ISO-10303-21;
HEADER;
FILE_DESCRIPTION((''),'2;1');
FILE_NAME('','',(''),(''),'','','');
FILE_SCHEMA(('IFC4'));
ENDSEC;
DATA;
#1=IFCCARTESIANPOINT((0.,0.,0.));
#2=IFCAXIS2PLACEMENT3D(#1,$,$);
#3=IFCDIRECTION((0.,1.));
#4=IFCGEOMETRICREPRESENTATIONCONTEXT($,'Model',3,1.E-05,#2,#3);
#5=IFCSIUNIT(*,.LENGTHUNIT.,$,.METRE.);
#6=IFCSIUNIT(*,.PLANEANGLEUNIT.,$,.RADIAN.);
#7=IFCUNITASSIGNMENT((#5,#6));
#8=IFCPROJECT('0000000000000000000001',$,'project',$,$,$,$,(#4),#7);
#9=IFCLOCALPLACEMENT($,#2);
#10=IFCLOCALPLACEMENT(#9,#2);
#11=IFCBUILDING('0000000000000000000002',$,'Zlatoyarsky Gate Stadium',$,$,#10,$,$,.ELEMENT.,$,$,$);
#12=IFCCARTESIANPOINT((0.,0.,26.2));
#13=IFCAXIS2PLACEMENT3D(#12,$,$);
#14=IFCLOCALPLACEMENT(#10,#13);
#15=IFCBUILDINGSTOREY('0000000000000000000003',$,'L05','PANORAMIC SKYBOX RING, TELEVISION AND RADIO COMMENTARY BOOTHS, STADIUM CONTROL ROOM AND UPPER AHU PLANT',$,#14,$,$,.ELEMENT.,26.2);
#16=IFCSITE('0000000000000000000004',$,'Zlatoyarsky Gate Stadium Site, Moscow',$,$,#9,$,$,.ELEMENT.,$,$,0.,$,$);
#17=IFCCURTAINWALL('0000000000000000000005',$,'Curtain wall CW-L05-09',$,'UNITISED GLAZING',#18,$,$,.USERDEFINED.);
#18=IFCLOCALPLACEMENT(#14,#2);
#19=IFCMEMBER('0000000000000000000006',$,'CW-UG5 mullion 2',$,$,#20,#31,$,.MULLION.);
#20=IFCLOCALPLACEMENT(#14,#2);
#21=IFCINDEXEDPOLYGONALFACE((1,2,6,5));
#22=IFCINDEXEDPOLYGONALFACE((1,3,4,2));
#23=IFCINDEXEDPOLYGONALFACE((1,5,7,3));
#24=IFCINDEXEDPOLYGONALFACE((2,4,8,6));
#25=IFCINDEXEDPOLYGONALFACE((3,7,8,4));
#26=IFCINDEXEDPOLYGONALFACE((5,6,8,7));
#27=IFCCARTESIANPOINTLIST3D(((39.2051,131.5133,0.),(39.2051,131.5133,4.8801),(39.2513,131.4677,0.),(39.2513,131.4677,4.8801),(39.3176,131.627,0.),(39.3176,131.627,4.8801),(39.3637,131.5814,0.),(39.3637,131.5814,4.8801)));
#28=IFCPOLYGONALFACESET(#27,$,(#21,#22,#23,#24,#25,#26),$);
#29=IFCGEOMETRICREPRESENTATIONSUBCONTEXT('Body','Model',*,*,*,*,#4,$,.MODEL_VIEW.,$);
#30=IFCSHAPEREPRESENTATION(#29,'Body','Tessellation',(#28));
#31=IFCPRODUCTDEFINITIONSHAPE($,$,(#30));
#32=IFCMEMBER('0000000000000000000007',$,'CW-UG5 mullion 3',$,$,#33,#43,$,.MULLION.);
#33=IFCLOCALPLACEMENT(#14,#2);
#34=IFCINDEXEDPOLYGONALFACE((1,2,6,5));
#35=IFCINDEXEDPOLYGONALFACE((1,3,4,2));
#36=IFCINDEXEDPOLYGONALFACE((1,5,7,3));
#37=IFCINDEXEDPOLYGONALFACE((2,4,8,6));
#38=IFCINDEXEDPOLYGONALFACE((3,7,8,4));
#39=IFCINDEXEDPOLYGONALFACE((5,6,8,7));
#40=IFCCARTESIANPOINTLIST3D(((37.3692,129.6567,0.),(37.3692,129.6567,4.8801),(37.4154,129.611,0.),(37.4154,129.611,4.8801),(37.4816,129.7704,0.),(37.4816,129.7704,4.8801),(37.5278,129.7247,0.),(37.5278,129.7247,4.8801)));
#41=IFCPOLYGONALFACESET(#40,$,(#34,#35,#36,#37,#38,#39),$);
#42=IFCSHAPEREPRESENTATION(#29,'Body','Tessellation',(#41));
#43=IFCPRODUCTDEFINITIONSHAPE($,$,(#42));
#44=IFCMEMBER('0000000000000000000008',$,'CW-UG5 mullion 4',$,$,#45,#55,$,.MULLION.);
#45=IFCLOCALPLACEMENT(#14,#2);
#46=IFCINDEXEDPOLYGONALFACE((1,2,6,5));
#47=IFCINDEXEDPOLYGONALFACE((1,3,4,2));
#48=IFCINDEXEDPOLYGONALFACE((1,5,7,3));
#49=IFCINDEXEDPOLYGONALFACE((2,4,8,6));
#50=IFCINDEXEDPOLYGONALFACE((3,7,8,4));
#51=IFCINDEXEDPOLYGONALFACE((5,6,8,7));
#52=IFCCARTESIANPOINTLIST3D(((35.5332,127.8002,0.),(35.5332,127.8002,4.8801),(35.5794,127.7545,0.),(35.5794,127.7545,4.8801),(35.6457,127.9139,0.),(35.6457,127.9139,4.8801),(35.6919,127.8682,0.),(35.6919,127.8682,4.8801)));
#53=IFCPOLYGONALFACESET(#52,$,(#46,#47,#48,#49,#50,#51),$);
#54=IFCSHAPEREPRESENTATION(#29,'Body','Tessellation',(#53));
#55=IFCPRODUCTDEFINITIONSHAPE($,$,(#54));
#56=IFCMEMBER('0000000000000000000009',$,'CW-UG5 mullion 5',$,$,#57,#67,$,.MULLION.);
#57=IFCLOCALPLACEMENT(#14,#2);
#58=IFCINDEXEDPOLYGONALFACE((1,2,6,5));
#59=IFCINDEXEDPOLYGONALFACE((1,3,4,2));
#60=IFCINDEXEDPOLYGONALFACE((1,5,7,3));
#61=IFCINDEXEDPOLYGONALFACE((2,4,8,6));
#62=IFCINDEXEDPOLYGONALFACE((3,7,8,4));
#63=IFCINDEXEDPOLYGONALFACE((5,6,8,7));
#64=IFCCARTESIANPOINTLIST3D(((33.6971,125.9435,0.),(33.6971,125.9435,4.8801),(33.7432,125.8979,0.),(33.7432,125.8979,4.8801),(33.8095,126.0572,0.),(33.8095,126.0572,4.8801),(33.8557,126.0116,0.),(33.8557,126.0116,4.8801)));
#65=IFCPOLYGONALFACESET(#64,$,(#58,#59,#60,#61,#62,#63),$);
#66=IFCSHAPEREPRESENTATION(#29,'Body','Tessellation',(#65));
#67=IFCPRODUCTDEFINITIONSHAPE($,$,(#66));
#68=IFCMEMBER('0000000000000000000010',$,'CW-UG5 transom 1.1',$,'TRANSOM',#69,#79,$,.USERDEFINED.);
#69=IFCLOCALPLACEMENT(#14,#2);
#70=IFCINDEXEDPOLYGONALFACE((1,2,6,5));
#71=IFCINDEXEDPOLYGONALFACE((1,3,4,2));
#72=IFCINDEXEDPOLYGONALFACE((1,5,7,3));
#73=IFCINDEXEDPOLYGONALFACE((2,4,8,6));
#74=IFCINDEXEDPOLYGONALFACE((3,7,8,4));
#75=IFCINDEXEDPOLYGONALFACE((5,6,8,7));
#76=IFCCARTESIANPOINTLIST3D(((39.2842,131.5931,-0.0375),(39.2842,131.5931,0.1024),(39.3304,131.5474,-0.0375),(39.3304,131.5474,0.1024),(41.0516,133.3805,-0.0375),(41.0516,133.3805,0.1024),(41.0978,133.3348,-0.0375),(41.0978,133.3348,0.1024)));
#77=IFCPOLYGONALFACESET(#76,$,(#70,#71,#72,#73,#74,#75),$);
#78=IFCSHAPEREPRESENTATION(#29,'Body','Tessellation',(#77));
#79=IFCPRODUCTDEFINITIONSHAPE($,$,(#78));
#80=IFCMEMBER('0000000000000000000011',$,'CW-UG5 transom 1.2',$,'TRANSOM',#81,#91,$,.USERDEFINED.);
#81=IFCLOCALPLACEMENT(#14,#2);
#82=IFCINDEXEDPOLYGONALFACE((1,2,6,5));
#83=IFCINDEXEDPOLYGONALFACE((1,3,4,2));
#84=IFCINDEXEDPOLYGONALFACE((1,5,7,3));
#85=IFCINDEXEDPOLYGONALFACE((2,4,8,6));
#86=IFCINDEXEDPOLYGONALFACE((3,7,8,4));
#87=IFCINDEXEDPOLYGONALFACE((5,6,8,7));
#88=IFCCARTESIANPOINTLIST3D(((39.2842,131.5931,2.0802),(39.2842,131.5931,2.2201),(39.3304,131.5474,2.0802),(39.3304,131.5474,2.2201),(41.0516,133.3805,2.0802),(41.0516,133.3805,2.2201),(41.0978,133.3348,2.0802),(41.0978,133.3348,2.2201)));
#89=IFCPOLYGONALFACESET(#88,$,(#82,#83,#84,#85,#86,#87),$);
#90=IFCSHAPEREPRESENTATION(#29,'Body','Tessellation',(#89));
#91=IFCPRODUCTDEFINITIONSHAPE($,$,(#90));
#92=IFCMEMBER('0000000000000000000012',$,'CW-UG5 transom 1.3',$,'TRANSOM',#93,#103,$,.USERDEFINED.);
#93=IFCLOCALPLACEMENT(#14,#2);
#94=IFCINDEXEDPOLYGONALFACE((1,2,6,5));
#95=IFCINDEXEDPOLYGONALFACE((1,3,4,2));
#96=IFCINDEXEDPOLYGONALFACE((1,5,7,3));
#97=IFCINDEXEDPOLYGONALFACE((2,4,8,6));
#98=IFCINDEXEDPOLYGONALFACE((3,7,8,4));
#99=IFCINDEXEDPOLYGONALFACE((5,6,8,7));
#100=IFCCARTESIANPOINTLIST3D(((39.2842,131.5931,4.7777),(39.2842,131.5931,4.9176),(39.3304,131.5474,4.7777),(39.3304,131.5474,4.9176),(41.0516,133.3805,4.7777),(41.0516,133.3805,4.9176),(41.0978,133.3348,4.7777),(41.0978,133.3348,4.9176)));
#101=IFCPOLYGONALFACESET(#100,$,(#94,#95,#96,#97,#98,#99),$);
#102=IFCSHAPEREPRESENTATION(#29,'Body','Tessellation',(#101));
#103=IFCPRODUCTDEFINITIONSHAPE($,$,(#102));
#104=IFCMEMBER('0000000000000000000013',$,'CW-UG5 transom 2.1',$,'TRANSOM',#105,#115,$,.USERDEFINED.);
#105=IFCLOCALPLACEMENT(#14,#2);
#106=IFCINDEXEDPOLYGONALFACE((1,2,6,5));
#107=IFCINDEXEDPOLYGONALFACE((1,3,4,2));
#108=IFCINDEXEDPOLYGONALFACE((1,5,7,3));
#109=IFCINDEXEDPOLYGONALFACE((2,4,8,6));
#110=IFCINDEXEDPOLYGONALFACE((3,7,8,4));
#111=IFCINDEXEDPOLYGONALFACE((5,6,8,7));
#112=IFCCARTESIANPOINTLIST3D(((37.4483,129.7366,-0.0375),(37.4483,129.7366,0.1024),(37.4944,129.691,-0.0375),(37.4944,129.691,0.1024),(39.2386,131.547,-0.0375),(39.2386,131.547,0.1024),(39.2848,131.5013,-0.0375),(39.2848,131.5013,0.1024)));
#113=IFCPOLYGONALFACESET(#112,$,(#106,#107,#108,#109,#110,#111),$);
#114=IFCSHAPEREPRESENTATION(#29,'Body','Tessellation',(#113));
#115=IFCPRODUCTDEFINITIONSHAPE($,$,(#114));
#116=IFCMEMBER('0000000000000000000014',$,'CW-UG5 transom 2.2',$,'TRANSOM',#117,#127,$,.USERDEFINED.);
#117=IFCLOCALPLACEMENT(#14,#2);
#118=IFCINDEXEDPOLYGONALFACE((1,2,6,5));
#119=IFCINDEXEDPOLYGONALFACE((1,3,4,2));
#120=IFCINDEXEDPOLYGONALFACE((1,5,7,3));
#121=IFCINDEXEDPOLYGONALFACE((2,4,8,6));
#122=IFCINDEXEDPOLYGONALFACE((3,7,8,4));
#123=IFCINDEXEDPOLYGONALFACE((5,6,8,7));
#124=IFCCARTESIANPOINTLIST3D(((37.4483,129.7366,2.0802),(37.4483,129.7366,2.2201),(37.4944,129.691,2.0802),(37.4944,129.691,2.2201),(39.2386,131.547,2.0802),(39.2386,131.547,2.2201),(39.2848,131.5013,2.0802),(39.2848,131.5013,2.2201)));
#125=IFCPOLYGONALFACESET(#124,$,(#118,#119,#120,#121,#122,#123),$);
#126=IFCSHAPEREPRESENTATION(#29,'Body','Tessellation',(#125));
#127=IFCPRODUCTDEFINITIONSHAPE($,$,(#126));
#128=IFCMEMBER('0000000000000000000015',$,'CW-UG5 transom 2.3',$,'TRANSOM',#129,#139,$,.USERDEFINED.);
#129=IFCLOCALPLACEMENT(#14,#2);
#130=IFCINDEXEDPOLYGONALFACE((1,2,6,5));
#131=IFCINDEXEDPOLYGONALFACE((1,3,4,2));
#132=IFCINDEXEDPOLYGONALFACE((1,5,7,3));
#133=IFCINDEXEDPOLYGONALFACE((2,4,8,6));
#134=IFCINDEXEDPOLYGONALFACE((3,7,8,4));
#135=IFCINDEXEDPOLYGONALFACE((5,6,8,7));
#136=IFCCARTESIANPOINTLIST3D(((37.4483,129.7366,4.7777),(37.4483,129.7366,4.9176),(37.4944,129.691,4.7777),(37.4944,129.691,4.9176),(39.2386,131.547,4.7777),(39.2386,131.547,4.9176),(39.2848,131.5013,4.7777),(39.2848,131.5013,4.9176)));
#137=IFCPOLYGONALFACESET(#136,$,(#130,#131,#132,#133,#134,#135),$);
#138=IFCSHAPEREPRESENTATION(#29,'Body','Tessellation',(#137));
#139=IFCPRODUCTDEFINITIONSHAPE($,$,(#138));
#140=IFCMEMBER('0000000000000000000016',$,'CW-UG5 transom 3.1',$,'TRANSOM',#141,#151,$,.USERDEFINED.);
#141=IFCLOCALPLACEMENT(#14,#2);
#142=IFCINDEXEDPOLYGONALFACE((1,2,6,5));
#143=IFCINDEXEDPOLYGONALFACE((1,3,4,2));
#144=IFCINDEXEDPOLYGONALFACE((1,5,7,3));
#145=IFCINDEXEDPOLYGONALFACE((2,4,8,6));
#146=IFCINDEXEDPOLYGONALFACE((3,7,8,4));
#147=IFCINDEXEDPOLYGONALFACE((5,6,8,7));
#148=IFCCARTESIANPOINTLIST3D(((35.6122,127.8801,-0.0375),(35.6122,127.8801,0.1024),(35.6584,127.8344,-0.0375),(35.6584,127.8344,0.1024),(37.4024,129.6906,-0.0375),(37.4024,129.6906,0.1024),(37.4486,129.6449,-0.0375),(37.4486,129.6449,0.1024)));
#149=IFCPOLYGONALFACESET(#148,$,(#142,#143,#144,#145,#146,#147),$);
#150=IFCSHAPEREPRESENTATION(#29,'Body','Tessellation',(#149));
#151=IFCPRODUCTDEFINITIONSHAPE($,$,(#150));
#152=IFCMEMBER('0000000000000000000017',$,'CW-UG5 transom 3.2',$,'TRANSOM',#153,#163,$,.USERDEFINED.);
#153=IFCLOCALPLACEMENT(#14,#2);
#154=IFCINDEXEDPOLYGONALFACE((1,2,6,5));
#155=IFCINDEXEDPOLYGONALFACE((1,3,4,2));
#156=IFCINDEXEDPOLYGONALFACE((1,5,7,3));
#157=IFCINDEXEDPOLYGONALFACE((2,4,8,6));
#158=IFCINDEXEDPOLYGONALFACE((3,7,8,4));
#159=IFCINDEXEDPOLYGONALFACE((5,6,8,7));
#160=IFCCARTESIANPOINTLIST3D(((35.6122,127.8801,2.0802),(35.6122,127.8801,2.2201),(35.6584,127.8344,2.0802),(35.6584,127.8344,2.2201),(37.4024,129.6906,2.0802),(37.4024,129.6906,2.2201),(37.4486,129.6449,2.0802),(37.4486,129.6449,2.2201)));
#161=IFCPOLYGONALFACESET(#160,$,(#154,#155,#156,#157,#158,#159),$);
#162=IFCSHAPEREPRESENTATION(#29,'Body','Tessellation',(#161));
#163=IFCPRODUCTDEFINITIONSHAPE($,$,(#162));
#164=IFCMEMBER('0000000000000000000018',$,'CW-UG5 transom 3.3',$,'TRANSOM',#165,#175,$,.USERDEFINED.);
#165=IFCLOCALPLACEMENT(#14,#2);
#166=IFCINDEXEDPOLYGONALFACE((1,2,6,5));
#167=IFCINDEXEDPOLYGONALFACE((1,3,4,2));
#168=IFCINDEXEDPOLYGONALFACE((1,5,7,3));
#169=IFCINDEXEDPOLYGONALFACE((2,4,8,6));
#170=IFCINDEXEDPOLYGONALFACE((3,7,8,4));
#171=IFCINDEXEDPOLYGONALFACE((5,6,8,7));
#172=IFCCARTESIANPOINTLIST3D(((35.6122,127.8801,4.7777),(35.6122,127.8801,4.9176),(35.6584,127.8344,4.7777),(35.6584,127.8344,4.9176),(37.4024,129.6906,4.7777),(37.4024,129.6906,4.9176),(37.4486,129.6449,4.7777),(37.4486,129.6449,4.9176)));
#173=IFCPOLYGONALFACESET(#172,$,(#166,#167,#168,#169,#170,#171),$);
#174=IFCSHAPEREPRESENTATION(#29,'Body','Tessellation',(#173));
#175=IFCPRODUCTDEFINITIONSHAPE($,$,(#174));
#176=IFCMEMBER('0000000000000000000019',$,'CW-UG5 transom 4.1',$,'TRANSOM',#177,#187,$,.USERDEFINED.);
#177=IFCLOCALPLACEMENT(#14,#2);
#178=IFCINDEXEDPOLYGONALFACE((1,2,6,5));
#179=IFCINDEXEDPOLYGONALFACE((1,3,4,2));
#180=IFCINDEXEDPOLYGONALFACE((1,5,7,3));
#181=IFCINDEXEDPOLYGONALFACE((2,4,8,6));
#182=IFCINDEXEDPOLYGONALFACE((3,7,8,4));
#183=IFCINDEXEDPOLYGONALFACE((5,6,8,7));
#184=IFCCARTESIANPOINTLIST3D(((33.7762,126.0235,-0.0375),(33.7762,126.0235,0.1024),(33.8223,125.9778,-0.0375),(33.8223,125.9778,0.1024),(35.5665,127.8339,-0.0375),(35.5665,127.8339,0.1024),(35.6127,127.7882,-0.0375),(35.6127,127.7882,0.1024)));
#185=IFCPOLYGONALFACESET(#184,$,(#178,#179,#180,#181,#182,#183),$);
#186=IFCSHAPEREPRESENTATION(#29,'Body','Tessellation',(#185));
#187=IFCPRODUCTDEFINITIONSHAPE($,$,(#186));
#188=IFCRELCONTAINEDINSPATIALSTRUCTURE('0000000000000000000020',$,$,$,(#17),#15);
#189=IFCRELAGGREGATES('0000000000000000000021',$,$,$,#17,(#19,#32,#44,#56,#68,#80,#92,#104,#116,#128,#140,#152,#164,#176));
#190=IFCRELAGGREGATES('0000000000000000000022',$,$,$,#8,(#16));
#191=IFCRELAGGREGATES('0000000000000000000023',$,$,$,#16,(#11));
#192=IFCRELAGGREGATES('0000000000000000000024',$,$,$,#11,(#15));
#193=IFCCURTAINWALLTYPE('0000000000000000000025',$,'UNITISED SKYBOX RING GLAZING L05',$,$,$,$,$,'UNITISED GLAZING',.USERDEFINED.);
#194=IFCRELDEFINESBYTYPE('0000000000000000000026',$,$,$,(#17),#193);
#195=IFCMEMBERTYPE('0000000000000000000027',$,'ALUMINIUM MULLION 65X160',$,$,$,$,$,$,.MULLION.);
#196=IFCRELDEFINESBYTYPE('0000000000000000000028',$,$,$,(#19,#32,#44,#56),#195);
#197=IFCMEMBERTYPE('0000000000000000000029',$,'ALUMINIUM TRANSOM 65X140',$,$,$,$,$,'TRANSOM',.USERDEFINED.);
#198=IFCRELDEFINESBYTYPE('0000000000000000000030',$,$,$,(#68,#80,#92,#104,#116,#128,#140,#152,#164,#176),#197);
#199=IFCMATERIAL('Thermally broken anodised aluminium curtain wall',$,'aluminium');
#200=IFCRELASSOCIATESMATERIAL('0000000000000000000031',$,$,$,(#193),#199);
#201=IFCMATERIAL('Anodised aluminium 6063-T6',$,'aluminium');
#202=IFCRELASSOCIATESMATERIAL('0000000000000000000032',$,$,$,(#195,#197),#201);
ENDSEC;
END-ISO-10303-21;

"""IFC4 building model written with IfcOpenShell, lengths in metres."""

from ifc_helpers import new_model, si_unit, direction, frame, origin, origin_2d, place, context, subcontext, project, spatial, rectangle, extrude, material, material_profile, profile_set, type_object, element, aggregate, save


model = new_model("IFC4")

# Units and contexts
model_context = context("Model", 3, precision=1e-05, world=origin(), true_north=direction((0.0, 1.0)))
body_context = subcontext(model_context, "Body", "Model", "MODEL_VIEW")
ifc_project = project(units=[si_unit("LENGTHUNIT", "METRE"), si_unit("PLANEANGLEUNIT", "RADIAN")], contexts=[model_context])

# Site, building, storey
site_placement = place(None, origin())
site = spatial("IfcSite", under=ifc_project, at=site_placement, Name="Zlatoyarsky Gate Stadium Site, Moscow", CompositionType="ELEMENT", RefElevation=0.0)
building_placement = place(site_placement, origin())
building = spatial("IfcBuilding", under=site, at=building_placement, Name="Zlatoyarsky Gate Stadium", CompositionType="ELEMENT")
storey_placement = place(building_placement, frame((0.0, 0.0, 26.2)))
storey = spatial("IfcBuildingStorey", under=building, at=storey_placement, Name="L05", Description="PANORAMIC SKYBOX RING, TELEVISION AND RADIO COMMENTARY BOOTHS, STADIUM CONTROL ROOM AND UPPER AHU PLANT", CompositionType="ELEMENT", Elevation=26.2)

# Curtain wall, members
ifc_material_1 = material(Name="Thermally broken anodised aluminium curtain wall", Category="aluminium")
curtain_wall_type = type_object("IfcCurtainWallType", Name="UNITISED SKYBOX RING GLAZING L05", ElementType="UNITISED GLAZING", PredefinedType="USERDEFINED", material=ifc_material_1)
curtain_wall_placement = place(storey_placement, origin())
curtain_wall = element("IfcCurtainWall", 1, at=curtain_wall_placement, inside=storey, type_object=curtain_wall_type, Name="Curtain wall CW-L05-09", ObjectType="UNITISED GLAZING", PredefinedType="USERDEFINED")
ifc_material_2 = material(Name="Anodised aluminium 6063-T6", Category="aluminium")
ifc_material_profile_1 = material_profile(ifc_material_2, rectangle(XDim=0.0649, YDim=0.1599, at=origin_2d()), Name="ALU 65X160")
ifc_profile_set_1 = profile_set([ifc_material_profile_1], Name="Anodised aluminium 6063-T6")
member_type_1 = type_object("IfcMemberType", Name="ALUMINIUM MULLION 65X160", PredefinedType="MULLION", material=ifc_profile_set_1)
member_1_placement = place(storey_placement, frame((39.2844, 131.5474, 0.0), z_axis=(0.0, 0.0, 1.0), x_axis=(0.711036, -0.703156, 0.0)))
member_1 = element("IfcMember", 2, at=member_1_placement, type_object=member_type_1, Name="CW-UG5 mullion 2", PredefinedType="MULLION", context=body_context, shape_type="SweptSolid", body=[
    extrude(rectangle(XDim=0.0649, YDim=0.1599, at=origin_2d()), origin(), (0.0, 0.0, 1.0), 4.8801),
])
member_2_placement = place(storey_placement, frame((37.4485, 129.6907, 0.0), z_axis=(0.0, 0.0, 1.0), x_axis=(0.711036, -0.703156, 0.0)))
member_2 = element("IfcMember", 3, at=member_2_placement, type_object=member_type_1, Name="CW-UG5 mullion 3", PredefinedType="MULLION", context=body_context, shape_type="SweptSolid", body=[
    extrude(rectangle(XDim=0.0649, YDim=0.1599, at=origin_2d()), origin(), (0.0, 0.0, 1.0), 4.8801),
])
member_3_placement = place(storey_placement, frame((35.6125, 127.8342, 0.0), z_axis=(0.0, 0.0, 1.0), x_axis=(0.711036, -0.703156, 0.0)))
member_3 = element("IfcMember", 4, at=member_3_placement, type_object=member_type_1, Name="CW-UG5 mullion 4", PredefinedType="MULLION", context=body_context, shape_type="SweptSolid", body=[
    extrude(rectangle(XDim=0.0649, YDim=0.1599, at=origin_2d()), origin(), (0.0, 0.0, 1.0), 4.8801),
])
member_4_placement = place(storey_placement, frame((33.7764, 125.9775, 0.0), z_axis=(0.0, 0.0, 1.0), x_axis=(0.711036, -0.703156, 0.0)))
member_4 = element("IfcMember", 5, at=member_4_placement, type_object=member_type_1, Name="CW-UG5 mullion 5", PredefinedType="MULLION", context=body_context, shape_type="SweptSolid", body=[
    extrude(rectangle(XDim=0.0649, YDim=0.1599, at=origin_2d()), origin(), (0.0, 0.0, 1.0), 4.8801),
])
ifc_material_profile_2 = material_profile(ifc_material_2, rectangle(XDim=0.0649, YDim=0.1399, at=origin_2d()), Name="ALU 65X140")
ifc_profile_set_2 = profile_set([ifc_material_profile_2], Name="Anodised aluminium 6063-T6")
member_type_2 = type_object("IfcMemberType", Name="ALUMINIUM TRANSOM 65X140", ElementType="TRANSOM", PredefinedType="USERDEFINED", material=ifc_profile_set_2)
member_5_placement = place(storey_placement, frame((41.0747, 133.3577, 0.0325), z_axis=(-0.703113, -0.711078, 0.0), x_axis=(0.711078, -0.703113, 0.0)))
member_5 = element("IfcMember", 6, at=member_5_placement, type_object=member_type_2, Name="CW-UG5 transom 1.1", ObjectType="TRANSOM", PredefinedType="USERDEFINED", context=body_context, shape_type="SweptSolid", body=[
    extrude(rectangle(XDim=0.0649, YDim=0.1399, at=origin_2d()), origin(), (0.0, 0.0, 1.0), 2.5137),
])
member_6_placement = place(storey_placement, frame((41.0747, 133.3577, 2.1501), z_axis=(-0.703113, -0.711078, 0.0), x_axis=(0.711078, -0.703113, 0.0)))
member_6 = element("IfcMember", 7, at=member_6_placement, type_object=member_type_2, Name="CW-UG5 transom 1.2", ObjectType="TRANSOM", PredefinedType="USERDEFINED", context=body_context, shape_type="SweptSolid", body=[
    extrude(rectangle(XDim=0.0649, YDim=0.1399, at=origin_2d()), origin(), (0.0, 0.0, 1.0), 2.5137),
])
member_7_placement = place(storey_placement, frame((41.0747, 133.3577, 4.8477), z_axis=(-0.703113, -0.711078, 0.0), x_axis=(0.711078, -0.703113, 0.0)))
member_7 = element("IfcMember", 8, at=member_7_placement, type_object=member_type_2, Name="CW-UG5 transom 1.3", ObjectType="TRANSOM", PredefinedType="USERDEFINED", context=body_context, shape_type="SweptSolid", body=[
    extrude(rectangle(XDim=0.0649, YDim=0.1399, at=origin_2d()), origin(), (0.0, 0.0, 1.0), 2.5137),
])
member_8_placement = place(storey_placement, frame((39.2617, 131.5242, 0.0325), z_axis=(-0.703164, -0.711027, 0.0), x_axis=(0.711027, -0.703164, 0.0)))
member_8 = element("IfcMember", 9, at=member_8_placement, type_object=member_type_2, Name="CW-UG5 transom 2.1", ObjectType="TRANSOM", PredefinedType="USERDEFINED", context=body_context, shape_type="SweptSolid", body=[
    extrude(rectangle(XDim=0.0649, YDim=0.1399, at=origin_2d()), origin(), (0.0, 0.0, 1.0), 2.5461),
])
member_9_placement = place(storey_placement, frame((39.2617, 131.5242, 2.1501), z_axis=(-0.703164, -0.711027, 0.0), x_axis=(0.711027, -0.703164, 0.0)))
member_9 = element("IfcMember", 10, at=member_9_placement, type_object=member_type_2, Name="CW-UG5 transom 2.2", ObjectType="TRANSOM", PredefinedType="USERDEFINED", context=body_context, shape_type="SweptSolid", body=[
    extrude(rectangle(XDim=0.0649, YDim=0.1399, at=origin_2d()), origin(), (0.0, 0.0, 1.0), 2.5461),
])
member_10_placement = place(storey_placement, frame((39.2617, 131.5242, 4.8477), z_axis=(-0.703164, -0.711027, 0.0), x_axis=(0.711027, -0.703164, 0.0)))
member_10 = element("IfcMember", 11, at=member_10_placement, type_object=member_type_2, Name="CW-UG5 transom 2.3", ObjectType="TRANSOM", PredefinedType="USERDEFINED", context=body_context, shape_type="SweptSolid", body=[
    extrude(rectangle(XDim=0.0649, YDim=0.1399, at=origin_2d()), origin(), (0.0, 0.0, 1.0), 2.5461),
])
member_11_placement = place(storey_placement, frame((37.4255, 129.6677, 0.0325), z_axis=(-0.703116, -0.711075, 0.0), x_axis=(0.711075, -0.703116, 0.0)))
member_11 = element("IfcMember", 12, at=member_11_placement, type_object=member_type_2, Name="CW-UG5 transom 3.1", ObjectType="TRANSOM", PredefinedType="USERDEFINED", context=body_context, shape_type="SweptSolid", body=[
    extrude(rectangle(XDim=0.0649, YDim=0.1399, at=origin_2d()), origin(), (0.0, 0.0, 1.0), 2.5461),
])
member_12_placement = place(storey_placement, frame((37.4255, 129.6677, 2.1501), z_axis=(-0.703116, -0.711075, 0.0), x_axis=(0.711075, -0.703116, 0.0)))
member_12 = element("IfcMember", 13, at=member_12_placement, type_object=member_type_2, Name="CW-UG5 transom 3.2", ObjectType="TRANSOM", PredefinedType="USERDEFINED", context=body_context, shape_type="SweptSolid", body=[
    extrude(rectangle(XDim=0.0649, YDim=0.1399, at=origin_2d()), origin(), (0.0, 0.0, 1.0), 2.5461),
])
member_13_placement = place(storey_placement, frame((37.4255, 129.6677, 4.8477), z_axis=(-0.703116, -0.711075, 0.0), x_axis=(0.711075, -0.703116, 0.0)))
member_13 = element("IfcMember", 14, at=member_13_placement, type_object=member_type_2, Name="CW-UG5 transom 3.3", ObjectType="TRANSOM", PredefinedType="USERDEFINED", context=body_context, shape_type="SweptSolid", body=[
    extrude(rectangle(XDim=0.0649, YDim=0.1399, at=origin_2d()), origin(), (0.0, 0.0, 1.0), 2.5461),
])
member_14_placement = place(storey_placement, frame((35.5896, 127.811, 0.0325), z_axis=(-0.703164, -0.711027, 0.0), x_axis=(0.711027, -0.703164, 0.0)))
member_14 = element("IfcMember", 15, at=member_14_placement, type_object=member_type_2, Name="CW-UG5 transom 4.1", ObjectType="TRANSOM", PredefinedType="USERDEFINED", context=body_context, shape_type="SweptSolid", body=[
    extrude(rectangle(XDim=0.0649, YDim=0.1399, at=origin_2d()), origin(), (0.0, 0.0, 1.0), 2.5461),
])

aggregate(curtain_wall, [member_1, member_2, member_3, member_4, member_5, member_6, member_7, member_8, member_9, member_10, member_11, member_12, member_13, member_14])

save(model, "model.ifc")
